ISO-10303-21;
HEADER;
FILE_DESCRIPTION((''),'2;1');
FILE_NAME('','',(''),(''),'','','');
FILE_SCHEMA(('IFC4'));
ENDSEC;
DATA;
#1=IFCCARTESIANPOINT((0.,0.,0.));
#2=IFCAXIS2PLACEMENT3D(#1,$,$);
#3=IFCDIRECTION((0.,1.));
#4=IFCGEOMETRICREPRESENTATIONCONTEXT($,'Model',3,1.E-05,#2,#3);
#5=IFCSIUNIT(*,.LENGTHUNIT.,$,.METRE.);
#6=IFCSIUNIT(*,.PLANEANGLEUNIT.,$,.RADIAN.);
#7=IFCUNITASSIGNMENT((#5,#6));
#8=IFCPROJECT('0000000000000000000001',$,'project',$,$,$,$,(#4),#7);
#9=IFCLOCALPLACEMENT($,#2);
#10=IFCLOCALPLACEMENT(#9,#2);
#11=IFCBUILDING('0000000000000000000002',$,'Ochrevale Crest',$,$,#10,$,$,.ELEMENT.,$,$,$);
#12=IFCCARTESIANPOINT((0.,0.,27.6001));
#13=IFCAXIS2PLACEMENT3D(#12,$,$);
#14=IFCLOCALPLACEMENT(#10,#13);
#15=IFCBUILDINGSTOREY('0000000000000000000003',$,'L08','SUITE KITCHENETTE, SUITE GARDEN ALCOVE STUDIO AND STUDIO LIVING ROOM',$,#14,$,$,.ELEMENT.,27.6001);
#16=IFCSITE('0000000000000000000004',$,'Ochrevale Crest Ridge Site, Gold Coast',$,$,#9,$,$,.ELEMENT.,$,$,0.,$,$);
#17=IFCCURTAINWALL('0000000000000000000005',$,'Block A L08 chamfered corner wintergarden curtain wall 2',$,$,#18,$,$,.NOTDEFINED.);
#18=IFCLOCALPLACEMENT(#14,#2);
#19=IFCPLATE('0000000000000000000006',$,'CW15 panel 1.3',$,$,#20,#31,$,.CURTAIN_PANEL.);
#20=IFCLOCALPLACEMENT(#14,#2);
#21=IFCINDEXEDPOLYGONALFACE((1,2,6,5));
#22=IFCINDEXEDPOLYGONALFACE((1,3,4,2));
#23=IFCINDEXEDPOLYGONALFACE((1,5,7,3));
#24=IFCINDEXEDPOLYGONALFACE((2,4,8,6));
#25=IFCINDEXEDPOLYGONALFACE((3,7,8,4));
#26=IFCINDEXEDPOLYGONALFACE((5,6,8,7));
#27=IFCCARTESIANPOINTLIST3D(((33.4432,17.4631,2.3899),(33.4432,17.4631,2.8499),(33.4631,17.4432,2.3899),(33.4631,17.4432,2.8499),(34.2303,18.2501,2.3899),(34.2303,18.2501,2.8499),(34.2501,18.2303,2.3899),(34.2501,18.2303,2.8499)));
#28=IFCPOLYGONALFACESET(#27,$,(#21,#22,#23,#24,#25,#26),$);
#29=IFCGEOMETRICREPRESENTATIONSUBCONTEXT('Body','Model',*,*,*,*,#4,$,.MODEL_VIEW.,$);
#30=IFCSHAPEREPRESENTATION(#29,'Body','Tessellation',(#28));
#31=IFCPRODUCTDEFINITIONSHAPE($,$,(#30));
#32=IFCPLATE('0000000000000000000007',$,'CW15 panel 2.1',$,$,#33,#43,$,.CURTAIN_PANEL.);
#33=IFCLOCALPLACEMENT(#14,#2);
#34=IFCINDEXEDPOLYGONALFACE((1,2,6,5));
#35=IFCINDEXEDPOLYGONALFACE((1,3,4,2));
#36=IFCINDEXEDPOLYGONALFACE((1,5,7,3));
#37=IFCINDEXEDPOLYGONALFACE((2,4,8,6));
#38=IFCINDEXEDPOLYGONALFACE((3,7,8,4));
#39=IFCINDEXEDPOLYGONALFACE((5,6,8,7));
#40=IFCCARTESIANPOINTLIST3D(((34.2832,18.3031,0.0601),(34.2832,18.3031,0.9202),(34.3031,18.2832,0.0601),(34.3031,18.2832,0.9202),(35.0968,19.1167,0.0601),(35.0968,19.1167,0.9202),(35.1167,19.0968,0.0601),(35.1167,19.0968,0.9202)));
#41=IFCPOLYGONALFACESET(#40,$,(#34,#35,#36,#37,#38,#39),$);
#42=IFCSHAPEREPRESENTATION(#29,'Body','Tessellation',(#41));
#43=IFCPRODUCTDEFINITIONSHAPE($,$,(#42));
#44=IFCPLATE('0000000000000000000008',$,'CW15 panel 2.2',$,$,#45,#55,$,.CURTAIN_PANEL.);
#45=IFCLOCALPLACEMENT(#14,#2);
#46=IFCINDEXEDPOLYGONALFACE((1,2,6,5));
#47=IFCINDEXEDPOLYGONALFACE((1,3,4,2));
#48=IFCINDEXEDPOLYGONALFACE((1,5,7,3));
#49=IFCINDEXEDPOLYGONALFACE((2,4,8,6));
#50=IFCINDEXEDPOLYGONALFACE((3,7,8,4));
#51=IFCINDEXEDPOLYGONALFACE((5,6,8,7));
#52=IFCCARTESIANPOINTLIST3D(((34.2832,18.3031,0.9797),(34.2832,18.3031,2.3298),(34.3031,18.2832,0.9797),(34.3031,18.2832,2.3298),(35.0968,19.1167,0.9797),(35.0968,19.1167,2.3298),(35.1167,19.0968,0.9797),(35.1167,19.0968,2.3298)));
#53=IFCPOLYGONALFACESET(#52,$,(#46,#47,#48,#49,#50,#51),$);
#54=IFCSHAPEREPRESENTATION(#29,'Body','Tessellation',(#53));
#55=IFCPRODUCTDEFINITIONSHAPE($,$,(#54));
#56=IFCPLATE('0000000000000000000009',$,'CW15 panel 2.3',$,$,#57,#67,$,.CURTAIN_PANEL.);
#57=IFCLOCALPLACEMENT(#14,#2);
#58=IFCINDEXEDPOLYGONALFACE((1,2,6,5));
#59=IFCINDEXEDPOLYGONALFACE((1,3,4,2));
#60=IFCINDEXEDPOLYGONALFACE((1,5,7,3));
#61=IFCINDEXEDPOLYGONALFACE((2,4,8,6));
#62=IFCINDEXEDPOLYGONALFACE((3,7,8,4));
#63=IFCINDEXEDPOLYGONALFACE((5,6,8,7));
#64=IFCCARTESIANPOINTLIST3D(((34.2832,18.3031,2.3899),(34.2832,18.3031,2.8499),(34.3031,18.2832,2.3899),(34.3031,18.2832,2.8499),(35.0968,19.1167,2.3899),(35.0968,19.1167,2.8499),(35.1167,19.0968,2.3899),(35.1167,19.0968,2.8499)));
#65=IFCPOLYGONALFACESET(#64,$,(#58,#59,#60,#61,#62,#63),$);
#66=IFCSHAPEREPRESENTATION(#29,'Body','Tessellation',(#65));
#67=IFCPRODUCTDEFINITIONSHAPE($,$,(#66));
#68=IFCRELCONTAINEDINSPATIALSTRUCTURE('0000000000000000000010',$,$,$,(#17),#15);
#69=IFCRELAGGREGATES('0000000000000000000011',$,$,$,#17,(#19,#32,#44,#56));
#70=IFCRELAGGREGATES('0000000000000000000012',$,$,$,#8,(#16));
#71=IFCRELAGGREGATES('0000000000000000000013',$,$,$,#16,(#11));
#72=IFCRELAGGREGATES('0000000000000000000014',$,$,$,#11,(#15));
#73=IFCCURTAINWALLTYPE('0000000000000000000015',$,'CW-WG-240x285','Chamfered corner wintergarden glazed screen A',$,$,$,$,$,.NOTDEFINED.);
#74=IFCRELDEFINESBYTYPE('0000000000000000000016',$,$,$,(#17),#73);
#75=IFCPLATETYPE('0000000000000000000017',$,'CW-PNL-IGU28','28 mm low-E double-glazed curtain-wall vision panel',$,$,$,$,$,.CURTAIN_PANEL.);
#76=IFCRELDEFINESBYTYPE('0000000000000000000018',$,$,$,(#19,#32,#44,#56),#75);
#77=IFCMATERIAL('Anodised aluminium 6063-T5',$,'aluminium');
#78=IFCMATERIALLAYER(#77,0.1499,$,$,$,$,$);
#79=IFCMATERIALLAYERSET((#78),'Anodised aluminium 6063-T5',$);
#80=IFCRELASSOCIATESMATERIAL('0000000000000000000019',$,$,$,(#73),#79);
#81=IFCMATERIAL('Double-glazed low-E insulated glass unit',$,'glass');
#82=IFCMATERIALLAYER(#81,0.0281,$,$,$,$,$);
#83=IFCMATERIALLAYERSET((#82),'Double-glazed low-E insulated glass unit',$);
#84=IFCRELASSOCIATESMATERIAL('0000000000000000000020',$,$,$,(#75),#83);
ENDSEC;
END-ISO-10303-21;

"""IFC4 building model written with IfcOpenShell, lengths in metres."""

from ifc_helpers import new_model, si_unit, direction, frame, origin, origin_2d, place, context, subcontext, project, spatial, rectangle, extrude, material, layer, layer_set, type_object, element, aggregate, save


model = new_model("IFC4")

# Units and contexts
model_context = context("Model", 3, precision=1e-05, world=origin(), true_north=direction((0.0, 1.0)))
body_context = subcontext(model_context, "Body", "Model", "MODEL_VIEW")
ifc_project = project(units=[si_unit("LENGTHUNIT", "METRE"), si_unit("PLANEANGLEUNIT", "RADIAN")], contexts=[model_context])

# Site, building, storey
site_placement = place(None, origin())
site = spatial("IfcSite", under=ifc_project, at=site_placement, Name="Ochrevale Crest Ridge Site, Gold Coast", CompositionType="ELEMENT", RefElevation=0.0)
building_placement = place(site_placement, origin())
building = spatial("IfcBuilding", under=site, at=building_placement, Name="Ochrevale Crest", CompositionType="ELEMENT")
storey_placement = place(building_placement, frame((0.0, 0.0, 27.6001)))
storey = spatial("IfcBuildingStorey", under=building, at=storey_placement, Name="L08", Description="SUITE KITCHENETTE, SUITE GARDEN ALCOVE STUDIO AND STUDIO LIVING ROOM", CompositionType="ELEMENT", Elevation=27.6001)

# Curtain wall, plates
ifc_material_1 = material(Name="Anodised aluminium 6063-T5", Category="aluminium")
ifc_layer_1 = layer(ifc_material_1, 0.1499)
ifc_layer_set_1 = layer_set([ifc_layer_1], Name="Anodised aluminium 6063-T5")
curtain_wall_type = type_object("IfcCurtainWallType", Name="CW-WG-240x285", Description="Chamfered corner wintergarden glazed screen A", PredefinedType="NOTDEFINED", material=ifc_layer_set_1)
curtain_wall_placement = place(storey_placement, origin())
curtain_wall = element("IfcCurtainWall", 1, at=curtain_wall_placement, inside=storey, type_object=curtain_wall_type, Name="Block A L08 chamfered corner wintergarden curtain wall 2", PredefinedType="NOTDEFINED")
ifc_material_2 = material(Name="Double-glazed low-E insulated glass unit", Category="glass")
ifc_layer_2 = layer(ifc_material_2, 0.0281)
ifc_layer_set_2 = layer_set([ifc_layer_2], Name="Double-glazed low-E insulated glass unit")
plate_type = type_object("IfcPlateType", Name="CW-PNL-IGU28", Description="28 mm low-E double-glazed curtain-wall vision panel", PredefinedType="CURTAIN_PANEL", material=ifc_layer_set_2)
plate_1_placement = place(storey_placement, frame((33.8467, 17.8467, 2.3899), z_axis=(0.0, 0.0, 1.0), x_axis=(0.707107, 0.707107, 0.0)))
plate_1 = element("IfcPlate", 2, at=plate_1_placement, type_object=plate_type, Name="CW15 panel 1.3", PredefinedType="CURTAIN_PANEL", context=body_context, shape_type="SweptSolid", body=[
    extrude(rectangle(XDim=1.113, YDim=0.0281, at=origin_2d()), origin(), (0.0, 0.0, 1.0), 0.46),
])
plate_2_placement = place(storey_placement, frame((34.7, 18.7, 0.0601), z_axis=(0.0, 0.0, 1.0), x_axis=(0.707107, 0.707107, 0.0)))
plate_2 = element("IfcPlate", 3, at=plate_2_placement, type_object=plate_type, Name="CW15 panel 2.1", PredefinedType="CURTAIN_PANEL", context=body_context, shape_type="SweptSolid", body=[
    extrude(rectangle(XDim=1.1506, YDim=0.0281, at=origin_2d()), origin(), (0.0, 0.0, 1.0), 0.8601),
])
plate_3_placement = place(storey_placement, frame((34.7, 18.7, 0.9797), z_axis=(0.0, 0.0, 1.0), x_axis=(0.707107, 0.707107, 0.0)))
plate_3 = element("IfcPlate", 4, at=plate_3_placement, type_object=plate_type, Name="CW15 panel 2.2", PredefinedType="CURTAIN_PANEL", context=body_context, shape_type="SweptSolid", body=[
    extrude(rectangle(XDim=1.1506, YDim=0.0281, at=origin_2d()), origin(), (0.0, 0.0, 1.0), 1.3501),
])
plate_4_placement = place(storey_placement, frame((34.7, 18.7, 2.3899), z_axis=(0.0, 0.0, 1.0), x_axis=(0.707107, 0.707107, 0.0)))
plate_4 = element("IfcPlate", 5, at=plate_4_placement, type_object=plate_type, Name="CW15 panel 2.3", PredefinedType="CURTAIN_PANEL", context=body_context, shape_type="SweptSolid", body=[
    extrude(rectangle(XDim=1.1506, YDim=0.0281, at=origin_2d()), origin(), (0.0, 0.0, 1.0), 0.46),
])
aggregate(curtain_wall, [plate_1, plate_2, plate_3, plate_4])

save(model, "model.ifc")
